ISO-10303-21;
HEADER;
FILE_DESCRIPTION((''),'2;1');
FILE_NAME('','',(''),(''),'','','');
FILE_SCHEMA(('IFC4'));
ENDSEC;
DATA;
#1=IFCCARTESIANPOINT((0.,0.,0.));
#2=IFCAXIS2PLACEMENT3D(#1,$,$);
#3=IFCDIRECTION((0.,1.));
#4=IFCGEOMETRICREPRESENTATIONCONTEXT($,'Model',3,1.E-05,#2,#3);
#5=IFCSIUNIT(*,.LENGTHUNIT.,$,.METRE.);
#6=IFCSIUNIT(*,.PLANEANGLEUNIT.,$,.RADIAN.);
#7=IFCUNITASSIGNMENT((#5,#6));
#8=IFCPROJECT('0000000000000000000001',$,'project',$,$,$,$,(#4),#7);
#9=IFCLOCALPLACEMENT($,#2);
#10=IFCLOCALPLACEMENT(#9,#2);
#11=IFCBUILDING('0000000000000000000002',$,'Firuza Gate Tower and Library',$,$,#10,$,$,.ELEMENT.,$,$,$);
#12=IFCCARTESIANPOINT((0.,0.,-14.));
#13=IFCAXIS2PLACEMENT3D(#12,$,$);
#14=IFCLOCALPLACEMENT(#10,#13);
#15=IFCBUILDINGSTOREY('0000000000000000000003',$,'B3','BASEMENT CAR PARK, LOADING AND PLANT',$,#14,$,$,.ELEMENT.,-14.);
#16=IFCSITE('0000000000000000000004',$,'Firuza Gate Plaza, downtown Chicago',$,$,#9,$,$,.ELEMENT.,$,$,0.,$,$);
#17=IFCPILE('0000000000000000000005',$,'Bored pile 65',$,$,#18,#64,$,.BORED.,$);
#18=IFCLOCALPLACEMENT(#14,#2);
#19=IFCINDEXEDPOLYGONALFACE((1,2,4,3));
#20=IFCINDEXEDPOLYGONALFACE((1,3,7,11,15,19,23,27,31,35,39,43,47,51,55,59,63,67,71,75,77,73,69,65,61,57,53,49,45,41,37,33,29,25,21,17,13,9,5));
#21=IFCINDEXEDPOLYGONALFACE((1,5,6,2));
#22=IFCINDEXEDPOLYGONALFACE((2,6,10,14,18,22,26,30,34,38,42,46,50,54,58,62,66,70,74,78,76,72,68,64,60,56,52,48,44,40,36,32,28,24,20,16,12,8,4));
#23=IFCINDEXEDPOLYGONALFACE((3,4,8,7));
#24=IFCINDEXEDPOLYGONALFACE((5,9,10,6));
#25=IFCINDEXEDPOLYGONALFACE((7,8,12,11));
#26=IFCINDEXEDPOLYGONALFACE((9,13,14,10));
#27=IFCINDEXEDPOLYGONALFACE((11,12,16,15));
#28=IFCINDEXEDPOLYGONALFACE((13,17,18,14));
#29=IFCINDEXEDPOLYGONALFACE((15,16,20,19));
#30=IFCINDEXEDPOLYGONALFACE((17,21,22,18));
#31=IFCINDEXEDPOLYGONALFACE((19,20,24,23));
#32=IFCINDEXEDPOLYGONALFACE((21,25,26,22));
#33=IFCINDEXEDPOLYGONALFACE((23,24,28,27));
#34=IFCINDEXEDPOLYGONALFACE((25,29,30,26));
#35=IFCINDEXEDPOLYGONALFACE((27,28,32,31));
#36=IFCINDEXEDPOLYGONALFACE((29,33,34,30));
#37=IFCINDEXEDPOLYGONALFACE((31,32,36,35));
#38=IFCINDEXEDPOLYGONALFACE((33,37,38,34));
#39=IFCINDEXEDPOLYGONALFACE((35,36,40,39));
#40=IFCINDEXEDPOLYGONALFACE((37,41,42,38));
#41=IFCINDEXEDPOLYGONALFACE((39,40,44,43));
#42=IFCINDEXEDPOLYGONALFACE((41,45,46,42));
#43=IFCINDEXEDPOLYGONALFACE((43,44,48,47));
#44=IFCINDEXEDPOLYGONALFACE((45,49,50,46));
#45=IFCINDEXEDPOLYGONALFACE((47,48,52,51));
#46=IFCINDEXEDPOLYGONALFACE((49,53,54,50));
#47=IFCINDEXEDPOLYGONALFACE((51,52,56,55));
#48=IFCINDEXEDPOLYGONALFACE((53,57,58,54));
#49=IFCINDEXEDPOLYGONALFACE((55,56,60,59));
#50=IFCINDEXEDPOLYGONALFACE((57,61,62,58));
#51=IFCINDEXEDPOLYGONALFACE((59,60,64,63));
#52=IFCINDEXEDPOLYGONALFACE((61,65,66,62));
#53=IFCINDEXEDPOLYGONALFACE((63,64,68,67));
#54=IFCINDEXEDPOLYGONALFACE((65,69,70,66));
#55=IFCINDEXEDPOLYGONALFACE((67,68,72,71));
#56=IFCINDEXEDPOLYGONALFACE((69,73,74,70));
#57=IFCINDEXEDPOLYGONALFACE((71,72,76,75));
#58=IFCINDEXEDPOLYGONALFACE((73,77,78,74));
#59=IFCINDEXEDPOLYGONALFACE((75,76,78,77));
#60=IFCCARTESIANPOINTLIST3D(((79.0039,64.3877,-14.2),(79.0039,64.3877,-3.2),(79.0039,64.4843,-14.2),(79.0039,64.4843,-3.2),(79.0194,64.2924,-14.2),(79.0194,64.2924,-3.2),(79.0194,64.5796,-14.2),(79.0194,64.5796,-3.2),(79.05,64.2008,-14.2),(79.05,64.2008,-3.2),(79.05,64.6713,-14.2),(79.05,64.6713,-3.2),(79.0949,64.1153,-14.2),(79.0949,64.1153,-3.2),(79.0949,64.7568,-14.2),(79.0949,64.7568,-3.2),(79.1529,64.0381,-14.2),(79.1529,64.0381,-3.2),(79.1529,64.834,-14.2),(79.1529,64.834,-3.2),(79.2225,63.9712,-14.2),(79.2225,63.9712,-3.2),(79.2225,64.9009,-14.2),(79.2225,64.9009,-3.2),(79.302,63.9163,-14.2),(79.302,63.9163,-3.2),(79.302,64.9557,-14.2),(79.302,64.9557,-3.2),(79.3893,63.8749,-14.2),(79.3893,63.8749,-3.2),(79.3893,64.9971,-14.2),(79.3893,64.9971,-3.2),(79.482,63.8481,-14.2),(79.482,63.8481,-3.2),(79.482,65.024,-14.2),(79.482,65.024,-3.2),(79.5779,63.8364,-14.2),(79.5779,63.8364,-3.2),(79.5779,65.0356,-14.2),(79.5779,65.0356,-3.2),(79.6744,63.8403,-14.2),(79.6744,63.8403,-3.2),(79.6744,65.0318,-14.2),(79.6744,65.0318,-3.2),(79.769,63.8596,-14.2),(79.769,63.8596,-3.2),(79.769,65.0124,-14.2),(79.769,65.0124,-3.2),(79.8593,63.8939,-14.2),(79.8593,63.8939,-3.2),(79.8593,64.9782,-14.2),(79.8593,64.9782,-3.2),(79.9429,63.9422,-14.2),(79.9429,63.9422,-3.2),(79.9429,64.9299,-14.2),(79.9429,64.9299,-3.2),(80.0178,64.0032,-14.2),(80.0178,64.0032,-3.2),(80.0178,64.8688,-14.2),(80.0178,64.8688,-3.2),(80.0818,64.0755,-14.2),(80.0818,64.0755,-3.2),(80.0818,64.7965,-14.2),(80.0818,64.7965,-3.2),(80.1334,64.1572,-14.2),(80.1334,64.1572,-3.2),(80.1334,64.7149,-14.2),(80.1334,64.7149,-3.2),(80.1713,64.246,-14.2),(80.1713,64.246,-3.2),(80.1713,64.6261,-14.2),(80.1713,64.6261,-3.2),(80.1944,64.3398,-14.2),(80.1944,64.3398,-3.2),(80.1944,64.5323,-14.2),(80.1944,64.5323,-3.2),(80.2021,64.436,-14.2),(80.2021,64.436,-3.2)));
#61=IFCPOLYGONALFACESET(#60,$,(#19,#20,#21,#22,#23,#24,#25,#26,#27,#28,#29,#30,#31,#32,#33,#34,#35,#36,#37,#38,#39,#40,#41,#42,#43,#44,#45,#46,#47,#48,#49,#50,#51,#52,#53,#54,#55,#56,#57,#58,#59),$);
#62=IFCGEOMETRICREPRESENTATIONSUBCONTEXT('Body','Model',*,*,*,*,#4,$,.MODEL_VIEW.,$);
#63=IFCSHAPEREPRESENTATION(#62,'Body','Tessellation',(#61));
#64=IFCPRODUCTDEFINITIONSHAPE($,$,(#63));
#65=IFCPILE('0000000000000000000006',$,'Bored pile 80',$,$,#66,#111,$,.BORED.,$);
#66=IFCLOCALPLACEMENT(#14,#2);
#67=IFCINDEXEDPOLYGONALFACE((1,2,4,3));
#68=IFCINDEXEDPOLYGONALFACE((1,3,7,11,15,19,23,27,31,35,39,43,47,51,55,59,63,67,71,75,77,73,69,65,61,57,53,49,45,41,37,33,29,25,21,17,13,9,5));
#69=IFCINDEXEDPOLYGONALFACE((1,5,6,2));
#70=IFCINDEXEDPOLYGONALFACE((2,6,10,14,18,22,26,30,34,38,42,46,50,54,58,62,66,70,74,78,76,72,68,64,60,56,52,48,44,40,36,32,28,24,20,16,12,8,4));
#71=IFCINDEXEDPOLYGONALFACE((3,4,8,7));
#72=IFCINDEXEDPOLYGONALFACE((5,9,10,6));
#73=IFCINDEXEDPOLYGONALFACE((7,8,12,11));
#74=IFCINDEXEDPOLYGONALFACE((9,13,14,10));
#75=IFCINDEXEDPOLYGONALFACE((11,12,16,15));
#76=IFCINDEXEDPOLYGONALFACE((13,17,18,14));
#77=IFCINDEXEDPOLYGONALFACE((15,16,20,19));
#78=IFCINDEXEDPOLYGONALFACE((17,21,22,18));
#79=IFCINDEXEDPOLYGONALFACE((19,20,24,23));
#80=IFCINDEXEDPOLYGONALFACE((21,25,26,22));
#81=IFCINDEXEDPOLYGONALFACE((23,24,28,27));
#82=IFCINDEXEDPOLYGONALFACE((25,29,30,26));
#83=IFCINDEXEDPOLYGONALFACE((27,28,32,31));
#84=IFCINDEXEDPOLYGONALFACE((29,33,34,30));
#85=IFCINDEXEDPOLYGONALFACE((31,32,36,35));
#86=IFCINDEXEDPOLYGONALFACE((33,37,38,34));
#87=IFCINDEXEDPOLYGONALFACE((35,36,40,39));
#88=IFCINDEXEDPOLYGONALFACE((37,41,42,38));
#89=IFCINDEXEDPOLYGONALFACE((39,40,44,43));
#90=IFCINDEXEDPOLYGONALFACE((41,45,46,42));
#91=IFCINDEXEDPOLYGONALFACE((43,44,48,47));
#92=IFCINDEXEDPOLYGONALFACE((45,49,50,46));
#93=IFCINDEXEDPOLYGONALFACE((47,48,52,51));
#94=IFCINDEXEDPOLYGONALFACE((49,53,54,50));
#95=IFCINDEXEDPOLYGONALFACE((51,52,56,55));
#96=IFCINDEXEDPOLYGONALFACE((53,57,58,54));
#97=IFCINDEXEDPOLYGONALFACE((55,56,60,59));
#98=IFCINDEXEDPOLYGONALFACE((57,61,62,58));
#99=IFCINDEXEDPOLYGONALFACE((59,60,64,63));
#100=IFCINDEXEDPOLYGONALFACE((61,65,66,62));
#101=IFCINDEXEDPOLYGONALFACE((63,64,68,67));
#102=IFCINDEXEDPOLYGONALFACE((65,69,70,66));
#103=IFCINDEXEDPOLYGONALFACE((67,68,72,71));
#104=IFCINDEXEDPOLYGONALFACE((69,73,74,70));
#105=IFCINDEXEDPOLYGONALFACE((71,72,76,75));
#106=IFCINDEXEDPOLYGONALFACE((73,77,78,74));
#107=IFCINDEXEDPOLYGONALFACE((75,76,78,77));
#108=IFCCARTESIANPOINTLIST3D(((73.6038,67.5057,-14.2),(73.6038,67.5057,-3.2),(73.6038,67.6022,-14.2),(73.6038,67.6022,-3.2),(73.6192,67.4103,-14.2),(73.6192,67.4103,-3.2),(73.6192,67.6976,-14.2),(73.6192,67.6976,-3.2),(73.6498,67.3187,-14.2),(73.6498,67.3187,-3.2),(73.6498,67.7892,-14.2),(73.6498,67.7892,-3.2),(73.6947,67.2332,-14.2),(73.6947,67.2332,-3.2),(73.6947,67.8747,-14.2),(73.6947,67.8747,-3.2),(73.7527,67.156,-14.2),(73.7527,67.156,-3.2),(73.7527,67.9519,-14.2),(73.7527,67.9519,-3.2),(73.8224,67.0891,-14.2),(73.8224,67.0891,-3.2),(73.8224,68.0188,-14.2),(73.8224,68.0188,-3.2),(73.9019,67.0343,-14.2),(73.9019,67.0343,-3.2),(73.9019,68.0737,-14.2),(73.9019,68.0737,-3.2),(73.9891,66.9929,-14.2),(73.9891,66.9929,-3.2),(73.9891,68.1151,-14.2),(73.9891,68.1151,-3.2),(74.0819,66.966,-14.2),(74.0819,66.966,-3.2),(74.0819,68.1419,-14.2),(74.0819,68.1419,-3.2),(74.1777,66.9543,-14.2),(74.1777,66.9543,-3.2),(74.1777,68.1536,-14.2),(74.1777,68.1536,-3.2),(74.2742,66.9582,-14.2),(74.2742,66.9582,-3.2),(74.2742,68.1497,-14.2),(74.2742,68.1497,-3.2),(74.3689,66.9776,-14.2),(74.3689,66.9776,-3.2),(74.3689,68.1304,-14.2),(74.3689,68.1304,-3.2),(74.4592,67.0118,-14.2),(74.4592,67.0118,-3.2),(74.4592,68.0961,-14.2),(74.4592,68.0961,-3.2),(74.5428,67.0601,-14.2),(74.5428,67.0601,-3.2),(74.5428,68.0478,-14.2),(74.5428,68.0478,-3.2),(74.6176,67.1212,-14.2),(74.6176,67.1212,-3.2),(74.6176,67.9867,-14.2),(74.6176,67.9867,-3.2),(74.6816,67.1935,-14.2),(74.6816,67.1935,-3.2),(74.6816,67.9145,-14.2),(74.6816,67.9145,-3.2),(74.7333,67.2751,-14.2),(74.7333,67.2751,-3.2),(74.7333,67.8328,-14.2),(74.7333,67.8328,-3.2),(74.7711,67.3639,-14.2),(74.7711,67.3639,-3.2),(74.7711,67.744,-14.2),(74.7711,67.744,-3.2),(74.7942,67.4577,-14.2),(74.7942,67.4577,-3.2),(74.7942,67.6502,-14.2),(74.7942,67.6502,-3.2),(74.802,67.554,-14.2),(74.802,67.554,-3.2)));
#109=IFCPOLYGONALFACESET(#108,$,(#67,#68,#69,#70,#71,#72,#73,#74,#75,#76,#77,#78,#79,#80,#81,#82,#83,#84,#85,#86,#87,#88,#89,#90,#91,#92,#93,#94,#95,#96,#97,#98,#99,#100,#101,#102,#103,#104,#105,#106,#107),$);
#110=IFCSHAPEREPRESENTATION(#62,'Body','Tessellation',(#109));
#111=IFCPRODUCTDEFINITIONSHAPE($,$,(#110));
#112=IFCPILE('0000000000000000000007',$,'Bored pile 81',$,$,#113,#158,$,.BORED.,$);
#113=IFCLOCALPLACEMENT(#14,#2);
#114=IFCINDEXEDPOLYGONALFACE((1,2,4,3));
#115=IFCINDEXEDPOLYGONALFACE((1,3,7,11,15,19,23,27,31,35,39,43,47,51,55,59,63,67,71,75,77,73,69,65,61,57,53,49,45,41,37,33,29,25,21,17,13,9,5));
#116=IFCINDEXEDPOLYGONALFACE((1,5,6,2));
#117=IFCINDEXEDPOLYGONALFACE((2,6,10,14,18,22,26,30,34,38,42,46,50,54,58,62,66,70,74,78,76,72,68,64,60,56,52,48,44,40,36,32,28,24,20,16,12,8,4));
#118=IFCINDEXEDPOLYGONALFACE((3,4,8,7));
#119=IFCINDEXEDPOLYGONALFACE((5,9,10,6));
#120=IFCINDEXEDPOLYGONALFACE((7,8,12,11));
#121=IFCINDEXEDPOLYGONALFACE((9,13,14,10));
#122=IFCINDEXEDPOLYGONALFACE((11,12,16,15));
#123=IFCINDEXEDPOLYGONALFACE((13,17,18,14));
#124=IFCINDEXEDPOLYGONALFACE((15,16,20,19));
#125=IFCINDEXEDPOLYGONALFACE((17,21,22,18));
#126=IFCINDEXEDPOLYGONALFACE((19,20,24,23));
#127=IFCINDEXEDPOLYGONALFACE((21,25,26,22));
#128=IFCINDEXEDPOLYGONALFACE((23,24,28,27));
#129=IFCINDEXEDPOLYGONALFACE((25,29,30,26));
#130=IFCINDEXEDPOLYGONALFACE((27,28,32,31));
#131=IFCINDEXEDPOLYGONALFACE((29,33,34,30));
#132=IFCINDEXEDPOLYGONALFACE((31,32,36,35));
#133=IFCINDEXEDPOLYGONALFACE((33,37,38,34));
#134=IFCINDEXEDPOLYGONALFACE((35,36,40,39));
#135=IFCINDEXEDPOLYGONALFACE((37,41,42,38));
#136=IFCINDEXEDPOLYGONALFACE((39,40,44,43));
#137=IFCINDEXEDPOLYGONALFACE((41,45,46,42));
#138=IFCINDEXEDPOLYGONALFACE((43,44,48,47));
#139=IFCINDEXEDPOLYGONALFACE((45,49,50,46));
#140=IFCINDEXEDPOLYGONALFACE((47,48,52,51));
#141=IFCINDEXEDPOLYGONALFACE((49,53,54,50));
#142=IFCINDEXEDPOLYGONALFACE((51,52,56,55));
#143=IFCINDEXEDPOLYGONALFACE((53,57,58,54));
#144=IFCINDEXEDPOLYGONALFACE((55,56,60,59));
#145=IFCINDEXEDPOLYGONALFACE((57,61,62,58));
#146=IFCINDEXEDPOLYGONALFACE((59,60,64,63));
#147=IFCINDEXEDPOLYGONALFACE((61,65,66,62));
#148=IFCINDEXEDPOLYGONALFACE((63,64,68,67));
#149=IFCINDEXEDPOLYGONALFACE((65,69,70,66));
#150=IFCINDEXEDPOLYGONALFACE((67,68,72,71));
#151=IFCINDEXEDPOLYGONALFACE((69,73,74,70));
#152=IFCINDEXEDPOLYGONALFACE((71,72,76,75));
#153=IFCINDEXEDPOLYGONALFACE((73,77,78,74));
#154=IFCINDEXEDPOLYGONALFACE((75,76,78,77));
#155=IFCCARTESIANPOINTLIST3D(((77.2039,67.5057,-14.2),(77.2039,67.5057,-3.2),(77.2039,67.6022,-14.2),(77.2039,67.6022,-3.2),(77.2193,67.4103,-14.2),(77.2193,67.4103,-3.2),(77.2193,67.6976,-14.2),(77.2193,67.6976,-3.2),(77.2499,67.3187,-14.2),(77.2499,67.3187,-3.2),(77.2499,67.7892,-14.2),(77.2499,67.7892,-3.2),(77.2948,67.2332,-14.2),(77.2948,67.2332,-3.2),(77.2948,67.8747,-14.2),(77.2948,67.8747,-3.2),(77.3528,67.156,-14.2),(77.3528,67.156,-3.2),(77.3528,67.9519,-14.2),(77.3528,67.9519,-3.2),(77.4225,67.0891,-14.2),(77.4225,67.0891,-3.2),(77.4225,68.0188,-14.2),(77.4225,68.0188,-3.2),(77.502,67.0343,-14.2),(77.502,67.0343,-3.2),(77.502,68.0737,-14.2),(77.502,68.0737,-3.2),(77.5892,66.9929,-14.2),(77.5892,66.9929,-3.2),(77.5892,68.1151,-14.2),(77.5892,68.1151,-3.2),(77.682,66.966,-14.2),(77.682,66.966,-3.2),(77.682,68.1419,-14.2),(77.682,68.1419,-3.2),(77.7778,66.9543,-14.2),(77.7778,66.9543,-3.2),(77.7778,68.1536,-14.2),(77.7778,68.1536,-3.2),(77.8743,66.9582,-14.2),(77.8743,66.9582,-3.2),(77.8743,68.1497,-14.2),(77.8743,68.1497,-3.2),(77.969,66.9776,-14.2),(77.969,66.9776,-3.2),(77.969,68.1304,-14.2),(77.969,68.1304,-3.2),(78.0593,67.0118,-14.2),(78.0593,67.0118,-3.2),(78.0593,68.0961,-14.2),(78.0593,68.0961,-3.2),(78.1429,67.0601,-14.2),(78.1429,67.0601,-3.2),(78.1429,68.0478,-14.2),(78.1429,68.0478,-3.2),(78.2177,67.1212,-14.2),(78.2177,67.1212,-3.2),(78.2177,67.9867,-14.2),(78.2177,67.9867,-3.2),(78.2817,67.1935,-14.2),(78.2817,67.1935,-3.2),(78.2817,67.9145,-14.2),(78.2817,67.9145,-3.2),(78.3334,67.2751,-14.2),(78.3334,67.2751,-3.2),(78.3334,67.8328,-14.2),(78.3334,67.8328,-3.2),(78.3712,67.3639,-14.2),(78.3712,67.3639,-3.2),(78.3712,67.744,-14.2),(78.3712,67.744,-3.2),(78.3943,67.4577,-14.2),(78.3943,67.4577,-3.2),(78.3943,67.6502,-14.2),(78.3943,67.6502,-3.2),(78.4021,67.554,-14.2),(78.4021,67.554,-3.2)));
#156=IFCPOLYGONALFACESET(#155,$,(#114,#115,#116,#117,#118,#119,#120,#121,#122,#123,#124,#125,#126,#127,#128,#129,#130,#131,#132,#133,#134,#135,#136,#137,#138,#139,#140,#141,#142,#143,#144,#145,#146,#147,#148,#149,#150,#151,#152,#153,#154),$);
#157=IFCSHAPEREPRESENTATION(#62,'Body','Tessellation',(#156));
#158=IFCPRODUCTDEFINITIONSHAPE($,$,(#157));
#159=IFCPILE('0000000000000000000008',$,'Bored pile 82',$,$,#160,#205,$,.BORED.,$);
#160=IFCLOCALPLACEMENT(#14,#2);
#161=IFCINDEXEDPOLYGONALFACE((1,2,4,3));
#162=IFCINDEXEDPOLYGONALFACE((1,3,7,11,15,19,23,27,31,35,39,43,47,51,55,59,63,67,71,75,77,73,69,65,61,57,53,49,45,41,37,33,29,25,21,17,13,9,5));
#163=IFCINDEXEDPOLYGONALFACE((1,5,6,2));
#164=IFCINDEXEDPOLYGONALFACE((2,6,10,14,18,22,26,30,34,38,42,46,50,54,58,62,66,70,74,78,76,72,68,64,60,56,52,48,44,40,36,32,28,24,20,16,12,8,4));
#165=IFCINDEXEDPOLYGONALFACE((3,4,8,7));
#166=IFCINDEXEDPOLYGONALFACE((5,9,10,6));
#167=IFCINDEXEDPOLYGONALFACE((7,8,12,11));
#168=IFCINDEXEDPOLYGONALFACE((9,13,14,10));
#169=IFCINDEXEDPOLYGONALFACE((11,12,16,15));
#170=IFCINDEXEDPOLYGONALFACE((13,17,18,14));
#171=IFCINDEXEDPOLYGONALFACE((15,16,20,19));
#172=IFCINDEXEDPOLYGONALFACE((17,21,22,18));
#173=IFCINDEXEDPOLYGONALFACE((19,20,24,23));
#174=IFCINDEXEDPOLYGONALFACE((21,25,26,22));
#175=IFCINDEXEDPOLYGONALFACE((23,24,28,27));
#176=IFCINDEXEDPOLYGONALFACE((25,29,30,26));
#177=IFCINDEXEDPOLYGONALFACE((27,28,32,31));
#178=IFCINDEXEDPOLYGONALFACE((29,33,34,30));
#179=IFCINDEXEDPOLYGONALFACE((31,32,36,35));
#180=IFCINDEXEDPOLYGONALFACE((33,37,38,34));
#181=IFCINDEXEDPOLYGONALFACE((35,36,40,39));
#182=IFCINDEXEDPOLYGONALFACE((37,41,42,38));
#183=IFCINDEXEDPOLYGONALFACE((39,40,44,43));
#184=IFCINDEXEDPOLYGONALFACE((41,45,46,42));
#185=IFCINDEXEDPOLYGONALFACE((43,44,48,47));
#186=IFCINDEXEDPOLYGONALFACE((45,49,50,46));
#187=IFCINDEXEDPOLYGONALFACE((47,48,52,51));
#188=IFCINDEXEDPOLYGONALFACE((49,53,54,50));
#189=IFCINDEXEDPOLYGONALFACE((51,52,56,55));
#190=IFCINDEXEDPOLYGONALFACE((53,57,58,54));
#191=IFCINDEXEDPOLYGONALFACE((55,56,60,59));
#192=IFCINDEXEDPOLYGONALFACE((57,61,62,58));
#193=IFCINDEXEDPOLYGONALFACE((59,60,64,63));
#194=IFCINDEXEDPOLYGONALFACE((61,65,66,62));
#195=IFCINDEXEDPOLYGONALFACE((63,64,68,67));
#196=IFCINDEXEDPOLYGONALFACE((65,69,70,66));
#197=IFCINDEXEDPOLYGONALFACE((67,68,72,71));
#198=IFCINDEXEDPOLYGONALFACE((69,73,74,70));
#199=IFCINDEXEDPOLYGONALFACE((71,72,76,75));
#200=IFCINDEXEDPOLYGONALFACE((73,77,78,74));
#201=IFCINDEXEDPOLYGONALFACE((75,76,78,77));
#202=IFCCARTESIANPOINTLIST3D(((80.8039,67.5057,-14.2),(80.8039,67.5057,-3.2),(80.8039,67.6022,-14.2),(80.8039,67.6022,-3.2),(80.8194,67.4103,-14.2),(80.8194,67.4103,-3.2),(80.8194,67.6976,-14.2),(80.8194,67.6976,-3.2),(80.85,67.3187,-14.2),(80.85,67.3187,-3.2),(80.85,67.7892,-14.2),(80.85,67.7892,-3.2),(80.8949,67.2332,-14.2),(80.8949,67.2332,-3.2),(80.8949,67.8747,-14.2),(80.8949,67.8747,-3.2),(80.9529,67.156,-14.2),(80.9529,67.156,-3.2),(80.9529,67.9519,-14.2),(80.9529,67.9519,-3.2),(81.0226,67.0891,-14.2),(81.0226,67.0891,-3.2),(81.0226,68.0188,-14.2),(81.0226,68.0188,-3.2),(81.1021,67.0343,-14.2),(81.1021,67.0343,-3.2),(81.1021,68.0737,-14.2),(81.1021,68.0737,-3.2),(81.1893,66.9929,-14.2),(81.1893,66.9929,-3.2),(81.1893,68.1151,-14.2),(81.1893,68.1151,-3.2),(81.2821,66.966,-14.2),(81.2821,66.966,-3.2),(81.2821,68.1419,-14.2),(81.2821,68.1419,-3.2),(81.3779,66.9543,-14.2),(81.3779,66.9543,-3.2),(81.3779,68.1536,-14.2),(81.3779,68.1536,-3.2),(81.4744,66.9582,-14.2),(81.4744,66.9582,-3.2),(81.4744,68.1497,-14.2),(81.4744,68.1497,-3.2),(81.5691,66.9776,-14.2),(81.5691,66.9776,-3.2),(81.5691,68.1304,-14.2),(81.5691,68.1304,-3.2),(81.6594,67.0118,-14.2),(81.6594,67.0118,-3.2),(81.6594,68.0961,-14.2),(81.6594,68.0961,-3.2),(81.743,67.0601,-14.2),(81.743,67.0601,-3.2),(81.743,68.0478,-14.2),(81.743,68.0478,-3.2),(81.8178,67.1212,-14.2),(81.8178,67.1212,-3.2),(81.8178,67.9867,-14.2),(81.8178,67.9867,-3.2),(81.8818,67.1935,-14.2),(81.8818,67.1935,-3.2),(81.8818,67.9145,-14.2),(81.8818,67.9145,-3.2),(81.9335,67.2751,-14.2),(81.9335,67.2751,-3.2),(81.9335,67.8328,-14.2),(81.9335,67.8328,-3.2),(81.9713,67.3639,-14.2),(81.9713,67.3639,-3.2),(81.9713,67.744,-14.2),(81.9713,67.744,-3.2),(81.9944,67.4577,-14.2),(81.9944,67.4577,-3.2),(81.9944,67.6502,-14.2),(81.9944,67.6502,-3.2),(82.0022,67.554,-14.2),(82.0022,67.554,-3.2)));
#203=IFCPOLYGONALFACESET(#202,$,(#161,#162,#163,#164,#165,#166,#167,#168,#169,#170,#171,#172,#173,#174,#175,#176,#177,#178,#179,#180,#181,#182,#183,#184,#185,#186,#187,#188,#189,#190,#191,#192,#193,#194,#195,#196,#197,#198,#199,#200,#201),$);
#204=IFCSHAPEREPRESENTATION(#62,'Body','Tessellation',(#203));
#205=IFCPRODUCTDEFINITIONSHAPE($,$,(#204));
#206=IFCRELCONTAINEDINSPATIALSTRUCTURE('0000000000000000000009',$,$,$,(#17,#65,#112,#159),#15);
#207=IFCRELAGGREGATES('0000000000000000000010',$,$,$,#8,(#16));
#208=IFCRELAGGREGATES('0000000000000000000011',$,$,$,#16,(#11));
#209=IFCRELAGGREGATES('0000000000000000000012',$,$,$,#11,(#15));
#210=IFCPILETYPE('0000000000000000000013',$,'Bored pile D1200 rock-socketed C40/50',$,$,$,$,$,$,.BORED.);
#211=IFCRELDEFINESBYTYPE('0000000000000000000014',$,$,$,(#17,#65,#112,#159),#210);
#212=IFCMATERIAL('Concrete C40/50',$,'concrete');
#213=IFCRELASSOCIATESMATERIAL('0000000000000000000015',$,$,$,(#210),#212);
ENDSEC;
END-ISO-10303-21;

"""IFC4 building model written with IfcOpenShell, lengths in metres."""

from ifc_helpers import new_model, si_unit, direction, frame, origin, origin_2d, place, context, subcontext, project, spatial, circle, extrude, material, material_profile, profile_set, type_object, element, save


model = new_model("IFC4")

# Units and contexts
model_context = context("Model", 3, precision=1e-05, world=origin(), true_north=direction((0.0, 1.0)))
body_context = subcontext(model_context, "Body", "Model", "MODEL_VIEW")
ifc_project = project(units=[si_unit("LENGTHUNIT", "METRE"), si_unit("PLANEANGLEUNIT", "RADIAN")], contexts=[model_context])

# Site, building, storey
site_placement = place(None, origin())
site = spatial("IfcSite", under=ifc_project, at=site_placement, Name="Firuza Gate Plaza, downtown Chicago", CompositionType="ELEMENT", RefElevation=0.0)
building_placement = place(site_placement, origin())
building = spatial("IfcBuilding", under=site, at=building_placement, Name="Firuza Gate Tower and Library", CompositionType="ELEMENT")
storey_placement = place(building_placement, frame((0.0, 0.0, -14.0)))
storey = spatial("IfcBuildingStorey", under=building, at=storey_placement, Name="B3", Description="BASEMENT CAR PARK, LOADING AND PLANT", CompositionType="ELEMENT", Elevation=-14.0)

# Piles
ifc_material_1 = material(Name="Concrete C40/50", Category="concrete")
ifc_material_profile_1 = material_profile(ifc_material_1, circle(Radius=0.6001, at=origin_2d()))
ifc_profile_set_1 = profile_set([ifc_material_profile_1], Name="Concrete C40/50")
pile_type = type_object("IfcPileType", Name="Bored pile D1200 rock-socketed C40/50", PredefinedType="BORED", material=ifc_profile_set_1)
for number, where, z_axis, x_axis, name in (
    (1, (79.6021, 64.436, -3.2), (0.0, 0.0, -1.0), (1.0, 0.0, 0.0), "Bored pile 65"),
    (2, (74.2019, 67.554, -3.2), (0.0, 0.0, -1.0), (1.0, 0.0, 0.0), "Bored pile 80"),
    (3, (77.802, 67.554, -3.2), (0.0, 0.0, -1.0), (1.0, 0.0, 0.0), "Bored pile 81"),
    (4, (81.4021, 67.554, -3.2), (0.0, 0.0, -1.0), (1.0, 0.0, 0.0), "Bored pile 82"),
):
    element("IfcPile", number, at=place(storey_placement, frame(where, z_axis=z_axis, x_axis=x_axis)), inside=storey, type_object=pile_type, Name=name, PredefinedType="BORED", context=body_context, shape_type="SweptSolid", body=[
        extrude(circle(Radius=0.6001, at=origin_2d()), origin(), (0.0, 0.0, 1.0), 11.0),
    ])

save(model, "model.ifc")
